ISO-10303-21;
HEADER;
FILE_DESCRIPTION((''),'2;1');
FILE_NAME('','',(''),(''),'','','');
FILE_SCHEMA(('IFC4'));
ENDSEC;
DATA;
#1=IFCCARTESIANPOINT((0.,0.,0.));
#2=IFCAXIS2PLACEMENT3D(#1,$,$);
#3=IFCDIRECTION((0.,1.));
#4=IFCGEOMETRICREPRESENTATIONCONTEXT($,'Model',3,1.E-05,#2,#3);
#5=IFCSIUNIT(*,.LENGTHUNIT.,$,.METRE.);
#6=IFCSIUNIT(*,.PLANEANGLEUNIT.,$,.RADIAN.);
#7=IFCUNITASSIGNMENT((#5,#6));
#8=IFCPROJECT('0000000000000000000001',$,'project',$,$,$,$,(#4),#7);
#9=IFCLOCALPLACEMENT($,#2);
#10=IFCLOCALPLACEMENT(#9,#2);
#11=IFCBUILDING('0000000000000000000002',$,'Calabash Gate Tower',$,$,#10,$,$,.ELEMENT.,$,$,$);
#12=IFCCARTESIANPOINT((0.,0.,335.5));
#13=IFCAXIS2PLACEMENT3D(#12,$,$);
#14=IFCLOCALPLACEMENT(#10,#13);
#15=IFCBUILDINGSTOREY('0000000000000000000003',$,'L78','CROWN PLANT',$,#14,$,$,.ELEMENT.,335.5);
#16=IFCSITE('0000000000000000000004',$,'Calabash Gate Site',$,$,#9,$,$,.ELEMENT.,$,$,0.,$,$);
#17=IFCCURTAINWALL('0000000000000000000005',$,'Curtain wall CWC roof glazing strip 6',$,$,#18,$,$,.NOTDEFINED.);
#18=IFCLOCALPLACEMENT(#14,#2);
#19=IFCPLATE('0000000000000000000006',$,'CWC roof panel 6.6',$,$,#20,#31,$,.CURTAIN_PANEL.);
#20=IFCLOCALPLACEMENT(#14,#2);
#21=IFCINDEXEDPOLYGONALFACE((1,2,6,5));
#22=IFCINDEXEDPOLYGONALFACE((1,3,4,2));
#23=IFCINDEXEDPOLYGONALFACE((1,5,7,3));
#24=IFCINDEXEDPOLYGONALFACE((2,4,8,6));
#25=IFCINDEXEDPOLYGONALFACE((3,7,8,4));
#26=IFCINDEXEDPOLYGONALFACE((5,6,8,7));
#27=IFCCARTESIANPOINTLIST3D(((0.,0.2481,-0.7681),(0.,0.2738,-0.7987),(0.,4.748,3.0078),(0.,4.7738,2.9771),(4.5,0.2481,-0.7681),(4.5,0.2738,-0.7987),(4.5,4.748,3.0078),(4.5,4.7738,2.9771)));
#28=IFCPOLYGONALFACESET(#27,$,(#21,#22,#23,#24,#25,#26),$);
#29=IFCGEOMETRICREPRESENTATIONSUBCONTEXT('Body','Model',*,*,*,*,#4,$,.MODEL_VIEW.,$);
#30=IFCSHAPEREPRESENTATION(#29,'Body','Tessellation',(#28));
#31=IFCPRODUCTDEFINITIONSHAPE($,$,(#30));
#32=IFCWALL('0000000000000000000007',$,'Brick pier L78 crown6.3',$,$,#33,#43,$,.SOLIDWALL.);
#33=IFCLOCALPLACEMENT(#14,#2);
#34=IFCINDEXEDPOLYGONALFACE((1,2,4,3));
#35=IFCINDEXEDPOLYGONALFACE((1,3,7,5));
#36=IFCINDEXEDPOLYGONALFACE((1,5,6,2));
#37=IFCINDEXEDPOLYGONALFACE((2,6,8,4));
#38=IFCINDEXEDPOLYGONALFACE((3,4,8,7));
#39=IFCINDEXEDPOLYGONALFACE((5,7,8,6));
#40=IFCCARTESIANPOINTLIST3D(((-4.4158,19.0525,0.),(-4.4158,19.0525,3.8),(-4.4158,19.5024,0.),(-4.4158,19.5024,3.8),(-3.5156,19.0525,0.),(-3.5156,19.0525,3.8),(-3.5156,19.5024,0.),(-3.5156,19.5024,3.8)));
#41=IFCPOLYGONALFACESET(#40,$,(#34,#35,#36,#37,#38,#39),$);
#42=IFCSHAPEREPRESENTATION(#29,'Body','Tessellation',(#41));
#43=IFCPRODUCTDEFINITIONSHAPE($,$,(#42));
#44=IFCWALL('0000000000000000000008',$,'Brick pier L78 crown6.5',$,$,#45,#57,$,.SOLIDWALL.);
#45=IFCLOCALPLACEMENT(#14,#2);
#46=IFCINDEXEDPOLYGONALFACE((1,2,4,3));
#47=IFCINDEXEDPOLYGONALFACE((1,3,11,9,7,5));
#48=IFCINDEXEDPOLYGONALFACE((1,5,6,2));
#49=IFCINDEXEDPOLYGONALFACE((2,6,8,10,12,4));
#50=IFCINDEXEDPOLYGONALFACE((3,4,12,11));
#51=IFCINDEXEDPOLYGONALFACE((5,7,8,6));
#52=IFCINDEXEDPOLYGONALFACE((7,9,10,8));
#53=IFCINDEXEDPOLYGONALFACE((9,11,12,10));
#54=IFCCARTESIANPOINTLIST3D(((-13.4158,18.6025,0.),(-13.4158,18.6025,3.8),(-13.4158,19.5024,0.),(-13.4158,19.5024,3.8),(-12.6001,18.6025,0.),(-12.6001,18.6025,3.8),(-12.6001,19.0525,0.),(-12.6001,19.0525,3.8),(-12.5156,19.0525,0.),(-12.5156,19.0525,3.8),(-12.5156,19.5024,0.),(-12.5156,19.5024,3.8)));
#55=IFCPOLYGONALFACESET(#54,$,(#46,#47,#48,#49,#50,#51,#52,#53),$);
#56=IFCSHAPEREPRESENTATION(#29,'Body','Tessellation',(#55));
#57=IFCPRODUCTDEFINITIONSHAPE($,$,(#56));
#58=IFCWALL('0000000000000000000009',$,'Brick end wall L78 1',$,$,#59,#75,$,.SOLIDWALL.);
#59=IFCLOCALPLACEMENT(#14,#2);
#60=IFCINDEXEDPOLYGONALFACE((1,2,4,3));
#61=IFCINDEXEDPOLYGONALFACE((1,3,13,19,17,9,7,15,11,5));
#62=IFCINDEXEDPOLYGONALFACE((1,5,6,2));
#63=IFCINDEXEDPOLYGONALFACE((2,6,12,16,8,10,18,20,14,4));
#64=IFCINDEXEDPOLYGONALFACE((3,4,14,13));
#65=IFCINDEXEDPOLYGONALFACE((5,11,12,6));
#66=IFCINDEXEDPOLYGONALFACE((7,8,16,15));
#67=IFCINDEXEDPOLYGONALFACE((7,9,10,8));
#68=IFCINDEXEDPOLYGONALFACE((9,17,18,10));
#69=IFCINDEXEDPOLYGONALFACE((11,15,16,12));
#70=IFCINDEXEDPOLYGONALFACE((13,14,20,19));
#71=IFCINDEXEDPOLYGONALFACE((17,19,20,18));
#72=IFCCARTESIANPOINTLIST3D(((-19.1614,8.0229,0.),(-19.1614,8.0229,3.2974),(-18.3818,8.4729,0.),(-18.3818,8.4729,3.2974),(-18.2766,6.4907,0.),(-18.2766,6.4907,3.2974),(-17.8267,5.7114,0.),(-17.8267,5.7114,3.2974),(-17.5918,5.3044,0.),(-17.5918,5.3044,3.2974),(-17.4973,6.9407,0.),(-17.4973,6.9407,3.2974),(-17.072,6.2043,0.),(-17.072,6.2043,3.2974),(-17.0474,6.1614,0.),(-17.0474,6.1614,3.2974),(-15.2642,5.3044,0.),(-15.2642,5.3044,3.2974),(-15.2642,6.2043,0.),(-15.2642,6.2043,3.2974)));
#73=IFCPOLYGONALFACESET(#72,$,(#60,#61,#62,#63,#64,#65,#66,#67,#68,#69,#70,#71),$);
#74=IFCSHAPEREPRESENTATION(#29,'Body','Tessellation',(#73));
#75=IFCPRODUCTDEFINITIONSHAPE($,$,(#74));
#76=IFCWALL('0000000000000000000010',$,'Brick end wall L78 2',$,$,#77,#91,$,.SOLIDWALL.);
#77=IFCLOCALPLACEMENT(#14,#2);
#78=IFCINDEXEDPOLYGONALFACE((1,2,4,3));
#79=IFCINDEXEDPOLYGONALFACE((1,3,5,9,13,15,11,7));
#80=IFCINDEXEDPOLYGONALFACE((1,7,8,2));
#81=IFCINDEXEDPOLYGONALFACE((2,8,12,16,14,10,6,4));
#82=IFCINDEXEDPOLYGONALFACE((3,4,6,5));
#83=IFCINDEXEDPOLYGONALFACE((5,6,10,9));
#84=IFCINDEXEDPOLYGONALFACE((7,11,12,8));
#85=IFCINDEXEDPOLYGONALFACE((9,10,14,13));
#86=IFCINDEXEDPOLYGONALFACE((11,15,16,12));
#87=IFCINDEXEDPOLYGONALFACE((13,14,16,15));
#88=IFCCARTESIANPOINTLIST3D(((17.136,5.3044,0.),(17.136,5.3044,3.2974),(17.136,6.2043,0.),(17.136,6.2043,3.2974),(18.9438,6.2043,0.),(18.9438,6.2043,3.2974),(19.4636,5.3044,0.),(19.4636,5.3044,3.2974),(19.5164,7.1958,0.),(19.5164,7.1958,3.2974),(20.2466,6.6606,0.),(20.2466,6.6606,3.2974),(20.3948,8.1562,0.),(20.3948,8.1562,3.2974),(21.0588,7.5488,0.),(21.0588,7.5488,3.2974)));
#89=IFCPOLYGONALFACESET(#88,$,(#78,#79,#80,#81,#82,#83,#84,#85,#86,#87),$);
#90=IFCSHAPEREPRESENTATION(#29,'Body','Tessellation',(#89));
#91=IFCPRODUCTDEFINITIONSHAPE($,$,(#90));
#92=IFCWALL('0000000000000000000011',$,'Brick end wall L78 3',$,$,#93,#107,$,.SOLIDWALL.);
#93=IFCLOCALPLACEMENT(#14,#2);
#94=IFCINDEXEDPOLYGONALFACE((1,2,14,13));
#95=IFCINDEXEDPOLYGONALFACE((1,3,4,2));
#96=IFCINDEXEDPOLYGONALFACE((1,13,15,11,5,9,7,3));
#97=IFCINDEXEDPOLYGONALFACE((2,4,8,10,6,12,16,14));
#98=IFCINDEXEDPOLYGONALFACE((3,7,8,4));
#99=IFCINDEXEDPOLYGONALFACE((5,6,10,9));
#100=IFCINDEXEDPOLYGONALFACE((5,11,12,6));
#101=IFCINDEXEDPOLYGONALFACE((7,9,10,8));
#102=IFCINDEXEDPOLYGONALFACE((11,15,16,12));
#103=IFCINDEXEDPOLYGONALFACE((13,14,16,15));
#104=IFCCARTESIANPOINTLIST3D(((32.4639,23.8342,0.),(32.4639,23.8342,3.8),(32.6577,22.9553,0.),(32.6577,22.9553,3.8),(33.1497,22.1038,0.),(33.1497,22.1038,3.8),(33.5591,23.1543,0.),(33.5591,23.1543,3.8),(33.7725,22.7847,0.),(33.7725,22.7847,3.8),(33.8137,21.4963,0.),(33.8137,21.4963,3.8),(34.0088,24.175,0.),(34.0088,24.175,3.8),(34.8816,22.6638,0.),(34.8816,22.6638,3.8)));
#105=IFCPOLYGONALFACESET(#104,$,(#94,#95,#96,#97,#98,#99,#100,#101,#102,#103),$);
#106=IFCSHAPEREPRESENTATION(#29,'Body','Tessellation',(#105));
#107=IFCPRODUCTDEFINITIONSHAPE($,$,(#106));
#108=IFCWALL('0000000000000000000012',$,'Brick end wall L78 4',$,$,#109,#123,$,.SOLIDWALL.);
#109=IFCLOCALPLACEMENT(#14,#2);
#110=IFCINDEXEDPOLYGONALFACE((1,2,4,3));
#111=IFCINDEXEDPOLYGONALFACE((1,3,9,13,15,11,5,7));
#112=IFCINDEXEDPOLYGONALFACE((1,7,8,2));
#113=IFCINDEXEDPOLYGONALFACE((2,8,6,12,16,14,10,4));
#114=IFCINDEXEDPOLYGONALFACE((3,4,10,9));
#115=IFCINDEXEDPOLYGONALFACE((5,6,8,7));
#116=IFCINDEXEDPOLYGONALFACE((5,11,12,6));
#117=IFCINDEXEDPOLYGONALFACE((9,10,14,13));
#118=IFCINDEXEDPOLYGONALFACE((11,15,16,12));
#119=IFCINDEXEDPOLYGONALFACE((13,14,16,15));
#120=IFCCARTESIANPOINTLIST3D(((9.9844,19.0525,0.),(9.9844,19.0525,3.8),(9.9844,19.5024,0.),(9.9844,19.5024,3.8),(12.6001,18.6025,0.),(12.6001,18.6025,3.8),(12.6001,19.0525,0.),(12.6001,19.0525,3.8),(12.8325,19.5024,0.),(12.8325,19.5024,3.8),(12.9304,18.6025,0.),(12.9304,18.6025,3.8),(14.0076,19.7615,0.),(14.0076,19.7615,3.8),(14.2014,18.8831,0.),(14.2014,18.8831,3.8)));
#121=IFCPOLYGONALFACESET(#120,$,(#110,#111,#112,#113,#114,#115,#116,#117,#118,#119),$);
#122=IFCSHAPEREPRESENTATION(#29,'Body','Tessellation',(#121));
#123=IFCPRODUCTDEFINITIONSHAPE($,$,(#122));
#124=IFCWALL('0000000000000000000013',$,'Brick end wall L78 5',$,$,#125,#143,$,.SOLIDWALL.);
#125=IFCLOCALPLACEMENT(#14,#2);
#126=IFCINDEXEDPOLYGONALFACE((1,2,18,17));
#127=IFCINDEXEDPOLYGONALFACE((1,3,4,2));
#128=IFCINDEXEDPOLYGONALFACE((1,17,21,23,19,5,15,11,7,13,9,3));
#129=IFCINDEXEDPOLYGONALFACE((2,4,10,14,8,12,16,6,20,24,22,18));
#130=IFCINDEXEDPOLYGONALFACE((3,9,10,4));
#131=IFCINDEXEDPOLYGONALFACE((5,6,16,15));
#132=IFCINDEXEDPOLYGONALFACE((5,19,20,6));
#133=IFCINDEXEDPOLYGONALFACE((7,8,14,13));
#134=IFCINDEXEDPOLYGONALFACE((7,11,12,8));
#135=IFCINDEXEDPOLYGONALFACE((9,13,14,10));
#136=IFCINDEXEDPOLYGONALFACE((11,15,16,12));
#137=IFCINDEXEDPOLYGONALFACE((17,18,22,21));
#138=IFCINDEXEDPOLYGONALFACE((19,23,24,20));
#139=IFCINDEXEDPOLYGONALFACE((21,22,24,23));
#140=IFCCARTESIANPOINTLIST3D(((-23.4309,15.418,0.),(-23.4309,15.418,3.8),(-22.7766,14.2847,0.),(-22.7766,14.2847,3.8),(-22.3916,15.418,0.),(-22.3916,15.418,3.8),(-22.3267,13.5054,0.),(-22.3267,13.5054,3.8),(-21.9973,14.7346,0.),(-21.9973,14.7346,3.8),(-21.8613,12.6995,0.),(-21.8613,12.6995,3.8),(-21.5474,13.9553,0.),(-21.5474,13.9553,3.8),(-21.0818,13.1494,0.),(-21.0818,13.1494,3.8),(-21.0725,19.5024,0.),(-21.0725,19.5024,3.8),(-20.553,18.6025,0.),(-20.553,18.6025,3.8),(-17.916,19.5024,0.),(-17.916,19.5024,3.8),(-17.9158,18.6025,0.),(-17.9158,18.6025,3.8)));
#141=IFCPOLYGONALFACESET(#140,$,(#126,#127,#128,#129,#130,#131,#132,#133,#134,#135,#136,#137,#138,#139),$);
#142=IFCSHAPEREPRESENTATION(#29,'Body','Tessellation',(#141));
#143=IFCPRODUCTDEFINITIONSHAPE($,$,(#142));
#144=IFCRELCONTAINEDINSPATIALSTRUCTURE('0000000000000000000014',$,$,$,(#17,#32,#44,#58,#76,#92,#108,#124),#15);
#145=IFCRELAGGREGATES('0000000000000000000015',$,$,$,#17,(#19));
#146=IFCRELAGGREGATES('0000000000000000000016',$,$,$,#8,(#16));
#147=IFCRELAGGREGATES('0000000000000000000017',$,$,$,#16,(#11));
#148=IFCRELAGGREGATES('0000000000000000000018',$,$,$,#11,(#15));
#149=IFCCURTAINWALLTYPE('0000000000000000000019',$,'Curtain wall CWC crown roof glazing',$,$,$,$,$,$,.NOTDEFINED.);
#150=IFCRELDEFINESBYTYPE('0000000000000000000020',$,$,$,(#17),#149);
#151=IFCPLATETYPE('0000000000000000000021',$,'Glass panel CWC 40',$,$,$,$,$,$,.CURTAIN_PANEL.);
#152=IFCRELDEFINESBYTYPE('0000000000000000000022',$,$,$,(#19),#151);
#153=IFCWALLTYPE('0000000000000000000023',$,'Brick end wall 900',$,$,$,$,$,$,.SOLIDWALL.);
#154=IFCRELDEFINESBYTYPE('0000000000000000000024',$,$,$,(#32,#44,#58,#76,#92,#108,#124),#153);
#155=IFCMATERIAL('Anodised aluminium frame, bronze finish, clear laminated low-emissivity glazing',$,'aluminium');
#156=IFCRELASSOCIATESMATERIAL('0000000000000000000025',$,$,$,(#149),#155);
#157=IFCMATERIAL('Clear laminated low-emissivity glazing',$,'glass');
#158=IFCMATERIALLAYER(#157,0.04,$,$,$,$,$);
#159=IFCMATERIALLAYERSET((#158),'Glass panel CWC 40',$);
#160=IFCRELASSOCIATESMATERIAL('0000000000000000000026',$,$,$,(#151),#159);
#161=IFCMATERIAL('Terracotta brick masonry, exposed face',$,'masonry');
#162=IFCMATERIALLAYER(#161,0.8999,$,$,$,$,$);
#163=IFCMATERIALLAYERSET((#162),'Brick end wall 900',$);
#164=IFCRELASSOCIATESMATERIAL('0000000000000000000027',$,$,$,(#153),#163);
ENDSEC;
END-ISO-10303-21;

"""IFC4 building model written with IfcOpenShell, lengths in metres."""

from ifc_helpers import new_model, si_unit, direction, frame, origin, place, context, subcontext, project, spatial, polyline, outline, extrude, material, layer, layer_set, type_object, element, aggregate, save


model = new_model("IFC4")

# Units and contexts
model_context = context("Model", 3, precision=1e-05, world=origin(), true_north=direction((0.0, 1.0)))
body_context = subcontext(model_context, "Body", "Model", "MODEL_VIEW")
ifc_project = project(units=[si_unit("LENGTHUNIT", "METRE"), si_unit("PLANEANGLEUNIT", "RADIAN")], contexts=[model_context])

# Site, building, storey
site_placement = place(None, origin())
site = spatial("IfcSite", under=ifc_project, at=site_placement, Name="Calabash Gate Site", CompositionType="ELEMENT", RefElevation=0.0)
building_placement = place(site_placement, origin())
building = spatial("IfcBuilding", under=site, at=building_placement, Name="Calabash Gate Tower", CompositionType="ELEMENT")
storey_placement = place(building_placement, frame((0.0, 0.0, 335.5)))
storey = spatial("IfcBuildingStorey", under=building, at=storey_placement, Name="L78", Description="CROWN PLANT", CompositionType="ELEMENT", Elevation=335.5)

# Shared definitions
ifc_material_1 = material(Name="Anodised aluminium frame, bronze finish, clear laminated low-emissivity glazing", Category="aluminium")
curtain_wall_type = type_object("IfcCurtainWallType", Name="Curtain wall CWC crown roof glazing", PredefinedType="NOTDEFINED", material=ifc_material_1)

# Shared definitions
ifc_material_2 = material(Name="Clear laminated low-emissivity glazing", Category="glass")
ifc_layer_1 = layer(ifc_material_2, 0.04)
ifc_layer_set_1 = layer_set([ifc_layer_1], Name="Glass panel CWC 40")
plate_type = type_object("IfcPlateType", Name="Glass panel CWC 40", PredefinedType="CURTAIN_PANEL", material=ifc_layer_set_1)

# Curtain wall, plate
curtain_wall_1_placement = place(storey_placement, origin())
curtain_wall_1 = element("IfcCurtainWall", 1, at=curtain_wall_1_placement, inside=storey, type_object=curtain_wall_type, Name="Curtain wall CWC roof glazing strip 6", PredefinedType="NOTDEFINED")
plate_1_placement = place(storey_placement, frame((0.0, 4.748, 3.0078), z_axis=(0.0, -0.642781, 0.76605), x_axis=(1.0, 0.0, 0.0)))
plate_1 = element("IfcPlate", 2, at=plate_1_placement, type_object=plate_type, Name="CWC roof panel 6.6", PredefinedType="CURTAIN_PANEL", context=body_context, shape_type="SweptSolid", body=[
    extrude(outline(polyline([(0.0, 0.0), (4.5, 0.0), (4.5, -5.8743), (0.0, -5.8743), (0.0, 0.0)])), origin(), (0.0, 0.0, -1.0), 0.04),
])
aggregate(curtain_wall_1, [plate_1])

# Walls
ifc_material_3 = material(Name="Terracotta brick masonry, exposed face", Category="masonry")
ifc_layer_2 = layer(ifc_material_3, 0.8999)
ifc_layer_set_2 = layer_set([ifc_layer_2], Name="Brick end wall 900")
wall_type_1 = type_object("IfcWallType", Name="Brick end wall 900", PredefinedType="SOLIDWALL", material=ifc_layer_set_2)
wall_1_placement = place(storey_placement, origin())
element("IfcWall", 3, at=wall_1_placement, inside=storey, type_object=wall_type_1, Name="Brick pier L78 crown6.3", PredefinedType="SOLIDWALL", context=body_context, shape_type="SweptSolid", body=[
    extrude(outline(polyline([(-4.4158, 19.5024), (-4.4158, 19.0525), (-3.5156, 19.0525), (-3.5156, 19.5024), (-4.4158, 19.5024)])), origin(), (0.0, 0.0, 1.0), 3.8),
])
wall_2_placement = place(storey_placement, origin())
element("IfcWall", 4, at=wall_2_placement, inside=storey, type_object=wall_type_1, Name="Brick pier L78 crown6.5", PredefinedType="SOLIDWALL", context=body_context, shape_type="SweptSolid", body=[
    extrude(outline(polyline([(-13.4158, 19.5024), (-13.4158, 18.6025), (-12.6001, 18.6025), (-12.6001, 19.0525), (-12.5156, 19.0525), (-12.5156, 19.5024), (-13.4158, 19.5024)])), origin(), (0.0, 0.0, 1.0), 3.8),
])
wall_3_placement = place(storey_placement, origin())
element("IfcWall", 5, at=wall_3_placement, inside=storey, type_object=wall_type_1, Name="Brick end wall L78 1", PredefinedType="SOLIDWALL", context=body_context, shape_type="SweptSolid", body=[
    extrude(outline(polyline([(-18.3818, 8.4729), (-19.1614, 8.0229), (-18.2766, 6.4907), (-17.4973, 6.9407), (-17.0474, 6.1614), (-17.8267, 5.7114), (-17.5918, 5.3044), (-15.2642, 5.3044), (-15.2642, 6.2043), (-17.072, 6.2043), (-18.3818, 8.4729)])), origin(), (0.0, 0.0, 1.0), 3.2974),
])
wall_4_placement = place(storey_placement, origin())
element("IfcWall", 6, at=wall_4_placement, inside=storey, type_object=wall_type_1, Name="Brick end wall L78 2", PredefinedType="SOLIDWALL", context=body_context, shape_type="SweptSolid", body=[
    extrude(outline(polyline([(17.136, 6.2043), (17.136, 5.3044), (19.4636, 5.3044), (20.2466, 6.6606), (21.0588, 7.5488), (20.3948, 8.1562), (19.5164, 7.1958), (18.9438, 6.2043), (17.136, 6.2043)])), origin(), (0.0, 0.0, 1.0), 3.2974),
])
wall_5_placement = place(storey_placement, origin())
element("IfcWall", 7, at=wall_5_placement, inside=storey, type_object=wall_type_1, Name="Brick end wall L78 3", PredefinedType="SOLIDWALL", context=body_context, shape_type="SweptSolid", body=[
    extrude(outline(polyline([(33.8137, 21.4963), (34.8816, 22.6638), (34.0088, 24.175), (32.4639, 23.8342), (32.6577, 22.9553), (33.5591, 23.1543), (33.7725, 22.7847), (33.1497, 22.1038), (33.8137, 21.4963)])), origin(), (0.0, 0.0, 1.0), 3.8),
])
wall_6_placement = place(storey_placement, origin())
element("IfcWall", 8, at=wall_6_placement, inside=storey, type_object=wall_type_1, Name="Brick end wall L78 4", PredefinedType="SOLIDWALL", context=body_context, shape_type="SweptSolid", body=[
    extrude(outline(polyline([(14.0076, 19.7615), (12.8325, 19.5024), (9.9844, 19.5024), (9.9844, 19.0525), (12.6001, 19.0525), (12.6001, 18.6025), (12.9304, 18.6025), (14.2014, 18.8831), (14.0076, 19.7615)])), origin(), (0.0, 0.0, 1.0), 3.8),
])
wall_7_placement = place(storey_placement, origin())
element("IfcWall", 9, at=wall_7_placement, inside=storey, type_object=wall_type_1, Name="Brick end wall L78 5", PredefinedType="SOLIDWALL", context=body_context, shape_type="SweptSolid", body=[
    extrude(outline(polyline([(-17.9158, 18.6025), (-17.916, 19.5024), (-21.0725, 19.5024), (-23.4309, 15.418), (-22.7766, 14.2847), (-21.9973, 14.7346), (-21.5474, 13.9553), (-22.3267, 13.5054), (-21.8613, 12.6995), (-21.0818, 13.1494), (-22.3916, 15.418), (-20.553, 18.6025), (-17.9158, 18.6025)])), origin(), (0.0, 0.0, 1.0), 3.8),
])

save(model, "model.ifc")
